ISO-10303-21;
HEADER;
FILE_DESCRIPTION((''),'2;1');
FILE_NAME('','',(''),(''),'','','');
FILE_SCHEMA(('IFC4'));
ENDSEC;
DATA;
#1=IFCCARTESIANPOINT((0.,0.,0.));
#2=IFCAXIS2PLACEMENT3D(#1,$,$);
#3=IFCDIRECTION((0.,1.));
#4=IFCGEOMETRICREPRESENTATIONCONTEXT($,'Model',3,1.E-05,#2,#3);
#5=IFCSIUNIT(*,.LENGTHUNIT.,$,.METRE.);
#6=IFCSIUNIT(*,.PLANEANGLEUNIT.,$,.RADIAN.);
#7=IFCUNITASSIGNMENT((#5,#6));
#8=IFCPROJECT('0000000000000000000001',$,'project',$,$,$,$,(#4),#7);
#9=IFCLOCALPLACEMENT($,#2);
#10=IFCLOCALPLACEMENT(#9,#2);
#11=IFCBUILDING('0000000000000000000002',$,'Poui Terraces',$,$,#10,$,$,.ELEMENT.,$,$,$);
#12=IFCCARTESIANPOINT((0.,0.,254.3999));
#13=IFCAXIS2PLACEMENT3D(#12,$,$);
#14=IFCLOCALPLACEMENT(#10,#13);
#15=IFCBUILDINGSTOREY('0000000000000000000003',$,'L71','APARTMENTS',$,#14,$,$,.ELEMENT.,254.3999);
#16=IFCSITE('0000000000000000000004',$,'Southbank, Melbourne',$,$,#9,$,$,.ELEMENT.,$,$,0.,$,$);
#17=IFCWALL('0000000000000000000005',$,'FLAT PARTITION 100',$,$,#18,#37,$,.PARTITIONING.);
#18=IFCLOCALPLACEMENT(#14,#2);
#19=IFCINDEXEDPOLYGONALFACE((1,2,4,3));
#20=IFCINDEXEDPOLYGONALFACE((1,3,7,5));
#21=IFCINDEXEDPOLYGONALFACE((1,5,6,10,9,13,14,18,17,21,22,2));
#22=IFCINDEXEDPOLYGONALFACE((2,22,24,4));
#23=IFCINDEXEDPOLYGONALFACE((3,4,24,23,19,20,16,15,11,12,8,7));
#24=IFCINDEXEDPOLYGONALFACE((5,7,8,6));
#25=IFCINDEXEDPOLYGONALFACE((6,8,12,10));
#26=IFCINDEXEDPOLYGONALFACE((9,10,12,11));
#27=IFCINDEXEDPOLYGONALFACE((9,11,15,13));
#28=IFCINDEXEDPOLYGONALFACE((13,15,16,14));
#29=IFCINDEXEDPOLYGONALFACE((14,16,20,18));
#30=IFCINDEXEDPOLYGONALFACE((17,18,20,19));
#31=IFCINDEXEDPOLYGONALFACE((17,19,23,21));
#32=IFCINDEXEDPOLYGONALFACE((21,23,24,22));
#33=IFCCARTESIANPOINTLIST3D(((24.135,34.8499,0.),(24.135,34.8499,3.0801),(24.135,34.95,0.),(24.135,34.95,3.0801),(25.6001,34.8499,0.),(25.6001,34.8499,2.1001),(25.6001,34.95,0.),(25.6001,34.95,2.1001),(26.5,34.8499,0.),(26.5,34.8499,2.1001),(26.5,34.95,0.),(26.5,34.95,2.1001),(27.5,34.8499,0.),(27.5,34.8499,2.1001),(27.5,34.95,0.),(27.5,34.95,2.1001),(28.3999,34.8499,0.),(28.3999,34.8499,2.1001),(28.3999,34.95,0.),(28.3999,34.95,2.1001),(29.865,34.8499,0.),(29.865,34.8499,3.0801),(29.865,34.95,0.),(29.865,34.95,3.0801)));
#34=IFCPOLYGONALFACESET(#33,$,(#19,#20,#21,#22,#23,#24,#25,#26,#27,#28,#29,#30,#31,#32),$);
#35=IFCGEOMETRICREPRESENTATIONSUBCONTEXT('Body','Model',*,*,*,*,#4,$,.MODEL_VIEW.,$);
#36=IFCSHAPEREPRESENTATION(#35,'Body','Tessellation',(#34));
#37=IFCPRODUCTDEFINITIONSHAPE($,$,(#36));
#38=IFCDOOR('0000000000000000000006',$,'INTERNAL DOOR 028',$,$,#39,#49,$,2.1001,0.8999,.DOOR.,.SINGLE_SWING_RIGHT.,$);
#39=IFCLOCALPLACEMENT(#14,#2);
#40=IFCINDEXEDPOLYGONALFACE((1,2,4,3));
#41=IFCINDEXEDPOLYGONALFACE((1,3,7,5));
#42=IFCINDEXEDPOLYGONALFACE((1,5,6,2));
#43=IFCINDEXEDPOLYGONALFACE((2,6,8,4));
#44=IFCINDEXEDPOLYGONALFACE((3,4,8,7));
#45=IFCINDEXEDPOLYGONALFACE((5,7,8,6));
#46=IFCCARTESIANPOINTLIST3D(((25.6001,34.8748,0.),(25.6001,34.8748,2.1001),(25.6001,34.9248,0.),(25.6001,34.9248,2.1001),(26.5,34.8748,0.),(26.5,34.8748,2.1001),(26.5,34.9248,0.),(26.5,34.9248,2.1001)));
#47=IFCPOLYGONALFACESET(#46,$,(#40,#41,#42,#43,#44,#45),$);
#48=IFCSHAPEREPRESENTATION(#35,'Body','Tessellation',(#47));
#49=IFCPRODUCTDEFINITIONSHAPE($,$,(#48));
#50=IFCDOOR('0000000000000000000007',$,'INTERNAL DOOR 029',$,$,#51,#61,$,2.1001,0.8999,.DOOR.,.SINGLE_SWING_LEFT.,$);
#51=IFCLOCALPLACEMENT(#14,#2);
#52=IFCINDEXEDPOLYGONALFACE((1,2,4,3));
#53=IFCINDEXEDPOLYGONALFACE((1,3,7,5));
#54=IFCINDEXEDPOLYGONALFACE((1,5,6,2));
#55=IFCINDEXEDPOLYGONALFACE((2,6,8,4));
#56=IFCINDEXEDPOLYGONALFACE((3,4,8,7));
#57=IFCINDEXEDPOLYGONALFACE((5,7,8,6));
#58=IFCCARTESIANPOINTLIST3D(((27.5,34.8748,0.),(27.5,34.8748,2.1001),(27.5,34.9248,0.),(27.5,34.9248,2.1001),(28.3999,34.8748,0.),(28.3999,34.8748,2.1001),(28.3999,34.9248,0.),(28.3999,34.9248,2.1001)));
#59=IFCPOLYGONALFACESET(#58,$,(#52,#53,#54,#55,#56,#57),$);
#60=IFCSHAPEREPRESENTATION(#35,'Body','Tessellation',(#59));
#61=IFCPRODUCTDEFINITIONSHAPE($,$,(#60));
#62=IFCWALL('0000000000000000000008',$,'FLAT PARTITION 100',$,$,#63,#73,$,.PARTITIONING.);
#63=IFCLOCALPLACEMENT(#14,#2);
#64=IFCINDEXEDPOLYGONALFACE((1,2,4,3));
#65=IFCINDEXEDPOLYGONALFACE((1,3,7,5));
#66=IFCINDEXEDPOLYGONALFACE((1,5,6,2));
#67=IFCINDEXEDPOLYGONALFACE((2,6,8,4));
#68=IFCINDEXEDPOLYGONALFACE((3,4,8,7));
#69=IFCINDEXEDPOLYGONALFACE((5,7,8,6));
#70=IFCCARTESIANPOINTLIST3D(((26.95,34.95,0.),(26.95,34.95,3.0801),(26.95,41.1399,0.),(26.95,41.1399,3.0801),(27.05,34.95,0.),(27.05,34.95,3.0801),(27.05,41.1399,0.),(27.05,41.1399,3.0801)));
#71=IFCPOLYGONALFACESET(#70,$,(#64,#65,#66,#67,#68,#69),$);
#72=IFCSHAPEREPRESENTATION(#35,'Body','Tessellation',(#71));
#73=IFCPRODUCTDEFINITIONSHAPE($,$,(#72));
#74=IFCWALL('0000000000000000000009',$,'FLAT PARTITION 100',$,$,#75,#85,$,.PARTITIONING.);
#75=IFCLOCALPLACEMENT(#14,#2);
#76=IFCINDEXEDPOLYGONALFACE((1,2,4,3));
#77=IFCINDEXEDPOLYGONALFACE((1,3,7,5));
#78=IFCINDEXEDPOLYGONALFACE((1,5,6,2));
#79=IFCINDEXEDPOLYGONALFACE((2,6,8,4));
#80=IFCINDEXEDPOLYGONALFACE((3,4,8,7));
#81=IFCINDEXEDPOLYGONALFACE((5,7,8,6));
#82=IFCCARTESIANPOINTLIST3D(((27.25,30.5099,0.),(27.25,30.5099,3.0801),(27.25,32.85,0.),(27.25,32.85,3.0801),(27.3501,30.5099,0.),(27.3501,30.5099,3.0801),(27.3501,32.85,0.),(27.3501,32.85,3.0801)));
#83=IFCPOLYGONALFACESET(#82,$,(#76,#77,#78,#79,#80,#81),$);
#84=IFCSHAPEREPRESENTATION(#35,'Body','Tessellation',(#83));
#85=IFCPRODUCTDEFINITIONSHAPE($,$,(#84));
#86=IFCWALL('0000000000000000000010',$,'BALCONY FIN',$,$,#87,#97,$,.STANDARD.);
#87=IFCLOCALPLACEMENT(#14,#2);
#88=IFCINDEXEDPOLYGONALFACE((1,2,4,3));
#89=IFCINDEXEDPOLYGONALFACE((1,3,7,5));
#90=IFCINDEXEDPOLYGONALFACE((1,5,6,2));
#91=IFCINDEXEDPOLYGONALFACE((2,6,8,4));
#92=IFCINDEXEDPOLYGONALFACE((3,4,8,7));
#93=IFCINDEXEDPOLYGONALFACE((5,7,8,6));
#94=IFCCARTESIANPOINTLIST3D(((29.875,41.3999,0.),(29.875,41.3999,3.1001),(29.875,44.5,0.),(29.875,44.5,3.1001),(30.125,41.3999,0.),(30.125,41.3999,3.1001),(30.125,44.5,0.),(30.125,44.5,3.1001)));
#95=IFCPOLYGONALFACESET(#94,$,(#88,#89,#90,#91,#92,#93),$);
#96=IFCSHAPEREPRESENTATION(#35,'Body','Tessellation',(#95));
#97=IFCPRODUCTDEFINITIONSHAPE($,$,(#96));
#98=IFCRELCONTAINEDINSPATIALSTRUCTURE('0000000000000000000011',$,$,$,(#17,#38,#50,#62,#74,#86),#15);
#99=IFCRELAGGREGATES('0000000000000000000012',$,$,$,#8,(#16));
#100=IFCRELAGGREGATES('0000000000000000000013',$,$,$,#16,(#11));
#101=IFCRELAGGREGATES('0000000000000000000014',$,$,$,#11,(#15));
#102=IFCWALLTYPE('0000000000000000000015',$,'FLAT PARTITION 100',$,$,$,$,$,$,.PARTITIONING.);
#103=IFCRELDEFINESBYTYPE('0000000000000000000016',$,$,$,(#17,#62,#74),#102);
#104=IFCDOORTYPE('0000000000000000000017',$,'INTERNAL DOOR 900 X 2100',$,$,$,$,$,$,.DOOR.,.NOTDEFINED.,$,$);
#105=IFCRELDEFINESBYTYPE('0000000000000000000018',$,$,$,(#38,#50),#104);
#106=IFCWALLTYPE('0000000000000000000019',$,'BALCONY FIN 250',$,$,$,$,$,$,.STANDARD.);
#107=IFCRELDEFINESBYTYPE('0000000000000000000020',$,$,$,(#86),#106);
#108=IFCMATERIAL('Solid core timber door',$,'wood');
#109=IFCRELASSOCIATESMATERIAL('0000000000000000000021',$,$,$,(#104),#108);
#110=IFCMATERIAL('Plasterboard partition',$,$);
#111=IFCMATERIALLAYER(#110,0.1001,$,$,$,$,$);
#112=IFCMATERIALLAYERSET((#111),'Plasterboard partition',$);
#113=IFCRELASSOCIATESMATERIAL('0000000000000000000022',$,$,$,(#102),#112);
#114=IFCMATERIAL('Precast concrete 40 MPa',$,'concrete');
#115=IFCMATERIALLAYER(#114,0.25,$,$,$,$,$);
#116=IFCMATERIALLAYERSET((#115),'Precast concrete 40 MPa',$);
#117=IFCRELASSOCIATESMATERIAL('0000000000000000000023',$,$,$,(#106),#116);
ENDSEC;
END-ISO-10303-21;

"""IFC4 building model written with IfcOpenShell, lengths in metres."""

from ifc_helpers import new_model, si_unit, direction, frame, frame_2d, origin, place, context, subcontext, project, spatial, polyline, rectangle, outline, extrude, source, transform, mapped, material, layer, layer_set, type_object, element, fill, save


model = new_model("IFC4")

# Units and contexts
model_context = context("Model", 3, precision=1e-05, world=origin(), true_north=direction((0.0, 1.0)))
body_context = subcontext(model_context, "Body", "Model", "MODEL_VIEW")
ifc_project = project(units=[si_unit("LENGTHUNIT", "METRE"), si_unit("PLANEANGLEUNIT", "RADIAN")], contexts=[model_context])

# Site, building, storey
site_placement = place(None, origin())
site = spatial("IfcSite", under=ifc_project, at=site_placement, Name="Southbank, Melbourne", CompositionType="ELEMENT", RefElevation=0.0)
building_placement = place(site_placement, origin())
building = spatial("IfcBuilding", under=site, at=building_placement, Name="Poui Terraces", CompositionType="ELEMENT")
storey_placement = place(building_placement, frame((0.0, 0.0, 254.3999)))
storey = spatial("IfcBuildingStorey", under=building, at=storey_placement, Name="L71", Description="APARTMENTS", CompositionType="ELEMENT", Elevation=254.3999)

# Shared definitions
ifc_material_1 = material(Name="Solid core timber door", Category="wood")
door_type_1 = type_object("IfcDoorType", Name="INTERNAL DOOR 900 X 2100", OperationType="NOTDEFINED", PredefinedType="DOOR", material=ifc_material_1)
ifc_material_2 = material(Name="Plasterboard partition")
ifc_layer_1 = layer(ifc_material_2, 0.1001)
ifc_layer_set_1 = layer_set([ifc_layer_1], Name="Plasterboard partition")
wall_type_1 = type_object("IfcWallType", Name="FLAT PARTITION 100", PredefinedType="PARTITIONING", material=ifc_layer_set_1)

# Wall, openings, doors
wall_1_placement = place(storey_placement, frame((24.135, 34.8999, 0.0), z_axis=(0.0, 0.0, 1.0), x_axis=(1.0, 0.0, 0.0)))
wall_1 = element("IfcWall", 1, at=wall_1_placement, inside=storey, type_object=wall_type_1, Name="FLAT PARTITION 100", PredefinedType="PARTITIONING", context=body_context, shape_type="SweptSolid", body=[
    extrude(rectangle(XDim=5.73, YDim=0.1001, at=frame_2d((2.865, 0.0))), origin(), (0.0, 0.0, 1.0), 3.0801),
])
opening_1_placement = place(wall_1_placement, frame((1.4651, 0.0, 0.0)))
opening_1 = element("IfcOpeningElement", 2, at=opening_1_placement, cuts=wall_1, PredefinedType="OPENING", context=body_context, shape_type="SweptSolid", body=[
    extrude(rectangle(XDim=0.8999, YDim=2.1001, at=frame_2d((0.45, 1.05))), frame((0.0, 0.0601, 0.0), z_axis=(0.0, -1.0, 0.0), x_axis=(1.0, 0.0, 0.0)), (0.0, 0.0, 1.0), 0.1201),
])
opening_2_placement = place(wall_1_placement, frame((3.365, 0.0, 0.0)))
opening_2 = element("IfcOpeningElement", 3, at=opening_2_placement, cuts=wall_1, PredefinedType="OPENING", context=body_context, shape_type="SweptSolid", body=[
    extrude(rectangle(XDim=0.8999, YDim=2.1001, at=frame_2d((0.45, 1.05))), frame((0.0, 0.0601, 0.0), z_axis=(0.0, -1.0, 0.0), x_axis=(1.0, 0.0, 0.0)), (0.0, 0.0, 1.0), 0.1201),
])
door_1_placement = place(opening_1_placement, origin())
door_1 = element("IfcDoor", 4, at=door_1_placement, inside=storey, type_object=door_type_1, Name="INTERNAL DOOR 028", OperationType="SINGLE_SWING_RIGHT", OverallHeight=2.1001, OverallWidth=0.8999, PredefinedType="DOOR", context=body_context, shape_type="SweptSolid", body=[
    extrude(rectangle(XDim=0.8999, YDim=2.1001, at=frame_2d((0.45, 1.05))), frame((0.0, 0.0249, 0.0), z_axis=(0.0, -1.0, 0.0), x_axis=(1.0, 0.0, 0.0)), (0.0, 0.0, 1.0), 0.05),
])
fill(opening_1, door_1)
door_2_placement = place(opening_2_placement, origin())
door_2 = element("IfcDoor", 5, at=door_2_placement, inside=storey, type_object=door_type_1, Name="INTERNAL DOOR 029", OperationType="SINGLE_SWING_LEFT", OverallHeight=2.1001, OverallWidth=0.8999, PredefinedType="DOOR", context=body_context, shape_type="SweptSolid", body=[
    extrude(rectangle(XDim=0.8999, YDim=2.1001, at=frame_2d((0.45, 1.05))), frame((0.0, 0.0249, 0.0), z_axis=(0.0, -1.0, 0.0), x_axis=(1.0, 0.0, 0.0)), (0.0, 0.0, 1.0), 0.05),
])
fill(opening_2, door_2)

# Walls
wall_2_placement = place(storey_placement, frame((27.0, 34.95, 0.0), z_axis=(0.0, 0.0, 1.0), x_axis=(0.0, 1.0, 0.0)))
element("IfcWall", 6, at=wall_2_placement, inside=storey, type_object=wall_type_1, Name="FLAT PARTITION 100", PredefinedType="PARTITIONING", context=body_context, shape_type="SweptSolid", body=[
    extrude(rectangle(XDim=6.1899, YDim=0.1001, at=frame_2d((3.095, 0.0))), origin(), (0.0, 0.0, 1.0), 3.0801),
])
wall_3_placement = place(storey_placement, frame((27.3, 30.51, 0.0), z_axis=(0.0, 0.0, 1.0), x_axis=(0.0, 1.0, 0.0)))
element("IfcWall", 7, at=wall_3_placement, inside=storey, type_object=wall_type_1, Name="FLAT PARTITION 100", PredefinedType="PARTITIONING", context=body_context, shape_type="SweptSolid", body=[
    extrude(rectangle(XDim=2.3401, YDim=0.1001, at=frame_2d((1.1699, 0.0))), origin(), (0.0, 0.0, 1.0), 3.0801),
])
ifc_material_3 = material(Name="Precast concrete 40 MPa", Category="concrete")
ifc_layer_2 = layer(ifc_material_3, 0.25)
ifc_layer_set_2 = layer_set([ifc_layer_2], Name="Precast concrete 40 MPa")
wall_type_2 = type_object("IfcWallType", Name="BALCONY FIN 250", PredefinedType="STANDARD", material=ifc_layer_set_2)
shared_shape_1 = source(origin(), body_context, "Body", "SweptSolid", [
    extrude(outline(polyline([(0.0, 0.0), (0.25, 0.0), (0.25, 3.1001), (0.0, 3.1001), (0.0, 0.0)])), origin(), (0.0, 0.0, 1.0), 3.1001),
])
wall_4_placement = place(storey_placement, frame((29.875, 41.3999, 0.0)))
element("IfcWall", 8, at=wall_4_placement, inside=storey, type_object=wall_type_2, Name="BALCONY FIN", PredefinedType="STANDARD", context=body_context, shape_type="MappedRepresentation", body=[
    mapped(shared_shape_1, transform((0.0, 0.0, 0.0))),
])

save(model, "model.ifc")
